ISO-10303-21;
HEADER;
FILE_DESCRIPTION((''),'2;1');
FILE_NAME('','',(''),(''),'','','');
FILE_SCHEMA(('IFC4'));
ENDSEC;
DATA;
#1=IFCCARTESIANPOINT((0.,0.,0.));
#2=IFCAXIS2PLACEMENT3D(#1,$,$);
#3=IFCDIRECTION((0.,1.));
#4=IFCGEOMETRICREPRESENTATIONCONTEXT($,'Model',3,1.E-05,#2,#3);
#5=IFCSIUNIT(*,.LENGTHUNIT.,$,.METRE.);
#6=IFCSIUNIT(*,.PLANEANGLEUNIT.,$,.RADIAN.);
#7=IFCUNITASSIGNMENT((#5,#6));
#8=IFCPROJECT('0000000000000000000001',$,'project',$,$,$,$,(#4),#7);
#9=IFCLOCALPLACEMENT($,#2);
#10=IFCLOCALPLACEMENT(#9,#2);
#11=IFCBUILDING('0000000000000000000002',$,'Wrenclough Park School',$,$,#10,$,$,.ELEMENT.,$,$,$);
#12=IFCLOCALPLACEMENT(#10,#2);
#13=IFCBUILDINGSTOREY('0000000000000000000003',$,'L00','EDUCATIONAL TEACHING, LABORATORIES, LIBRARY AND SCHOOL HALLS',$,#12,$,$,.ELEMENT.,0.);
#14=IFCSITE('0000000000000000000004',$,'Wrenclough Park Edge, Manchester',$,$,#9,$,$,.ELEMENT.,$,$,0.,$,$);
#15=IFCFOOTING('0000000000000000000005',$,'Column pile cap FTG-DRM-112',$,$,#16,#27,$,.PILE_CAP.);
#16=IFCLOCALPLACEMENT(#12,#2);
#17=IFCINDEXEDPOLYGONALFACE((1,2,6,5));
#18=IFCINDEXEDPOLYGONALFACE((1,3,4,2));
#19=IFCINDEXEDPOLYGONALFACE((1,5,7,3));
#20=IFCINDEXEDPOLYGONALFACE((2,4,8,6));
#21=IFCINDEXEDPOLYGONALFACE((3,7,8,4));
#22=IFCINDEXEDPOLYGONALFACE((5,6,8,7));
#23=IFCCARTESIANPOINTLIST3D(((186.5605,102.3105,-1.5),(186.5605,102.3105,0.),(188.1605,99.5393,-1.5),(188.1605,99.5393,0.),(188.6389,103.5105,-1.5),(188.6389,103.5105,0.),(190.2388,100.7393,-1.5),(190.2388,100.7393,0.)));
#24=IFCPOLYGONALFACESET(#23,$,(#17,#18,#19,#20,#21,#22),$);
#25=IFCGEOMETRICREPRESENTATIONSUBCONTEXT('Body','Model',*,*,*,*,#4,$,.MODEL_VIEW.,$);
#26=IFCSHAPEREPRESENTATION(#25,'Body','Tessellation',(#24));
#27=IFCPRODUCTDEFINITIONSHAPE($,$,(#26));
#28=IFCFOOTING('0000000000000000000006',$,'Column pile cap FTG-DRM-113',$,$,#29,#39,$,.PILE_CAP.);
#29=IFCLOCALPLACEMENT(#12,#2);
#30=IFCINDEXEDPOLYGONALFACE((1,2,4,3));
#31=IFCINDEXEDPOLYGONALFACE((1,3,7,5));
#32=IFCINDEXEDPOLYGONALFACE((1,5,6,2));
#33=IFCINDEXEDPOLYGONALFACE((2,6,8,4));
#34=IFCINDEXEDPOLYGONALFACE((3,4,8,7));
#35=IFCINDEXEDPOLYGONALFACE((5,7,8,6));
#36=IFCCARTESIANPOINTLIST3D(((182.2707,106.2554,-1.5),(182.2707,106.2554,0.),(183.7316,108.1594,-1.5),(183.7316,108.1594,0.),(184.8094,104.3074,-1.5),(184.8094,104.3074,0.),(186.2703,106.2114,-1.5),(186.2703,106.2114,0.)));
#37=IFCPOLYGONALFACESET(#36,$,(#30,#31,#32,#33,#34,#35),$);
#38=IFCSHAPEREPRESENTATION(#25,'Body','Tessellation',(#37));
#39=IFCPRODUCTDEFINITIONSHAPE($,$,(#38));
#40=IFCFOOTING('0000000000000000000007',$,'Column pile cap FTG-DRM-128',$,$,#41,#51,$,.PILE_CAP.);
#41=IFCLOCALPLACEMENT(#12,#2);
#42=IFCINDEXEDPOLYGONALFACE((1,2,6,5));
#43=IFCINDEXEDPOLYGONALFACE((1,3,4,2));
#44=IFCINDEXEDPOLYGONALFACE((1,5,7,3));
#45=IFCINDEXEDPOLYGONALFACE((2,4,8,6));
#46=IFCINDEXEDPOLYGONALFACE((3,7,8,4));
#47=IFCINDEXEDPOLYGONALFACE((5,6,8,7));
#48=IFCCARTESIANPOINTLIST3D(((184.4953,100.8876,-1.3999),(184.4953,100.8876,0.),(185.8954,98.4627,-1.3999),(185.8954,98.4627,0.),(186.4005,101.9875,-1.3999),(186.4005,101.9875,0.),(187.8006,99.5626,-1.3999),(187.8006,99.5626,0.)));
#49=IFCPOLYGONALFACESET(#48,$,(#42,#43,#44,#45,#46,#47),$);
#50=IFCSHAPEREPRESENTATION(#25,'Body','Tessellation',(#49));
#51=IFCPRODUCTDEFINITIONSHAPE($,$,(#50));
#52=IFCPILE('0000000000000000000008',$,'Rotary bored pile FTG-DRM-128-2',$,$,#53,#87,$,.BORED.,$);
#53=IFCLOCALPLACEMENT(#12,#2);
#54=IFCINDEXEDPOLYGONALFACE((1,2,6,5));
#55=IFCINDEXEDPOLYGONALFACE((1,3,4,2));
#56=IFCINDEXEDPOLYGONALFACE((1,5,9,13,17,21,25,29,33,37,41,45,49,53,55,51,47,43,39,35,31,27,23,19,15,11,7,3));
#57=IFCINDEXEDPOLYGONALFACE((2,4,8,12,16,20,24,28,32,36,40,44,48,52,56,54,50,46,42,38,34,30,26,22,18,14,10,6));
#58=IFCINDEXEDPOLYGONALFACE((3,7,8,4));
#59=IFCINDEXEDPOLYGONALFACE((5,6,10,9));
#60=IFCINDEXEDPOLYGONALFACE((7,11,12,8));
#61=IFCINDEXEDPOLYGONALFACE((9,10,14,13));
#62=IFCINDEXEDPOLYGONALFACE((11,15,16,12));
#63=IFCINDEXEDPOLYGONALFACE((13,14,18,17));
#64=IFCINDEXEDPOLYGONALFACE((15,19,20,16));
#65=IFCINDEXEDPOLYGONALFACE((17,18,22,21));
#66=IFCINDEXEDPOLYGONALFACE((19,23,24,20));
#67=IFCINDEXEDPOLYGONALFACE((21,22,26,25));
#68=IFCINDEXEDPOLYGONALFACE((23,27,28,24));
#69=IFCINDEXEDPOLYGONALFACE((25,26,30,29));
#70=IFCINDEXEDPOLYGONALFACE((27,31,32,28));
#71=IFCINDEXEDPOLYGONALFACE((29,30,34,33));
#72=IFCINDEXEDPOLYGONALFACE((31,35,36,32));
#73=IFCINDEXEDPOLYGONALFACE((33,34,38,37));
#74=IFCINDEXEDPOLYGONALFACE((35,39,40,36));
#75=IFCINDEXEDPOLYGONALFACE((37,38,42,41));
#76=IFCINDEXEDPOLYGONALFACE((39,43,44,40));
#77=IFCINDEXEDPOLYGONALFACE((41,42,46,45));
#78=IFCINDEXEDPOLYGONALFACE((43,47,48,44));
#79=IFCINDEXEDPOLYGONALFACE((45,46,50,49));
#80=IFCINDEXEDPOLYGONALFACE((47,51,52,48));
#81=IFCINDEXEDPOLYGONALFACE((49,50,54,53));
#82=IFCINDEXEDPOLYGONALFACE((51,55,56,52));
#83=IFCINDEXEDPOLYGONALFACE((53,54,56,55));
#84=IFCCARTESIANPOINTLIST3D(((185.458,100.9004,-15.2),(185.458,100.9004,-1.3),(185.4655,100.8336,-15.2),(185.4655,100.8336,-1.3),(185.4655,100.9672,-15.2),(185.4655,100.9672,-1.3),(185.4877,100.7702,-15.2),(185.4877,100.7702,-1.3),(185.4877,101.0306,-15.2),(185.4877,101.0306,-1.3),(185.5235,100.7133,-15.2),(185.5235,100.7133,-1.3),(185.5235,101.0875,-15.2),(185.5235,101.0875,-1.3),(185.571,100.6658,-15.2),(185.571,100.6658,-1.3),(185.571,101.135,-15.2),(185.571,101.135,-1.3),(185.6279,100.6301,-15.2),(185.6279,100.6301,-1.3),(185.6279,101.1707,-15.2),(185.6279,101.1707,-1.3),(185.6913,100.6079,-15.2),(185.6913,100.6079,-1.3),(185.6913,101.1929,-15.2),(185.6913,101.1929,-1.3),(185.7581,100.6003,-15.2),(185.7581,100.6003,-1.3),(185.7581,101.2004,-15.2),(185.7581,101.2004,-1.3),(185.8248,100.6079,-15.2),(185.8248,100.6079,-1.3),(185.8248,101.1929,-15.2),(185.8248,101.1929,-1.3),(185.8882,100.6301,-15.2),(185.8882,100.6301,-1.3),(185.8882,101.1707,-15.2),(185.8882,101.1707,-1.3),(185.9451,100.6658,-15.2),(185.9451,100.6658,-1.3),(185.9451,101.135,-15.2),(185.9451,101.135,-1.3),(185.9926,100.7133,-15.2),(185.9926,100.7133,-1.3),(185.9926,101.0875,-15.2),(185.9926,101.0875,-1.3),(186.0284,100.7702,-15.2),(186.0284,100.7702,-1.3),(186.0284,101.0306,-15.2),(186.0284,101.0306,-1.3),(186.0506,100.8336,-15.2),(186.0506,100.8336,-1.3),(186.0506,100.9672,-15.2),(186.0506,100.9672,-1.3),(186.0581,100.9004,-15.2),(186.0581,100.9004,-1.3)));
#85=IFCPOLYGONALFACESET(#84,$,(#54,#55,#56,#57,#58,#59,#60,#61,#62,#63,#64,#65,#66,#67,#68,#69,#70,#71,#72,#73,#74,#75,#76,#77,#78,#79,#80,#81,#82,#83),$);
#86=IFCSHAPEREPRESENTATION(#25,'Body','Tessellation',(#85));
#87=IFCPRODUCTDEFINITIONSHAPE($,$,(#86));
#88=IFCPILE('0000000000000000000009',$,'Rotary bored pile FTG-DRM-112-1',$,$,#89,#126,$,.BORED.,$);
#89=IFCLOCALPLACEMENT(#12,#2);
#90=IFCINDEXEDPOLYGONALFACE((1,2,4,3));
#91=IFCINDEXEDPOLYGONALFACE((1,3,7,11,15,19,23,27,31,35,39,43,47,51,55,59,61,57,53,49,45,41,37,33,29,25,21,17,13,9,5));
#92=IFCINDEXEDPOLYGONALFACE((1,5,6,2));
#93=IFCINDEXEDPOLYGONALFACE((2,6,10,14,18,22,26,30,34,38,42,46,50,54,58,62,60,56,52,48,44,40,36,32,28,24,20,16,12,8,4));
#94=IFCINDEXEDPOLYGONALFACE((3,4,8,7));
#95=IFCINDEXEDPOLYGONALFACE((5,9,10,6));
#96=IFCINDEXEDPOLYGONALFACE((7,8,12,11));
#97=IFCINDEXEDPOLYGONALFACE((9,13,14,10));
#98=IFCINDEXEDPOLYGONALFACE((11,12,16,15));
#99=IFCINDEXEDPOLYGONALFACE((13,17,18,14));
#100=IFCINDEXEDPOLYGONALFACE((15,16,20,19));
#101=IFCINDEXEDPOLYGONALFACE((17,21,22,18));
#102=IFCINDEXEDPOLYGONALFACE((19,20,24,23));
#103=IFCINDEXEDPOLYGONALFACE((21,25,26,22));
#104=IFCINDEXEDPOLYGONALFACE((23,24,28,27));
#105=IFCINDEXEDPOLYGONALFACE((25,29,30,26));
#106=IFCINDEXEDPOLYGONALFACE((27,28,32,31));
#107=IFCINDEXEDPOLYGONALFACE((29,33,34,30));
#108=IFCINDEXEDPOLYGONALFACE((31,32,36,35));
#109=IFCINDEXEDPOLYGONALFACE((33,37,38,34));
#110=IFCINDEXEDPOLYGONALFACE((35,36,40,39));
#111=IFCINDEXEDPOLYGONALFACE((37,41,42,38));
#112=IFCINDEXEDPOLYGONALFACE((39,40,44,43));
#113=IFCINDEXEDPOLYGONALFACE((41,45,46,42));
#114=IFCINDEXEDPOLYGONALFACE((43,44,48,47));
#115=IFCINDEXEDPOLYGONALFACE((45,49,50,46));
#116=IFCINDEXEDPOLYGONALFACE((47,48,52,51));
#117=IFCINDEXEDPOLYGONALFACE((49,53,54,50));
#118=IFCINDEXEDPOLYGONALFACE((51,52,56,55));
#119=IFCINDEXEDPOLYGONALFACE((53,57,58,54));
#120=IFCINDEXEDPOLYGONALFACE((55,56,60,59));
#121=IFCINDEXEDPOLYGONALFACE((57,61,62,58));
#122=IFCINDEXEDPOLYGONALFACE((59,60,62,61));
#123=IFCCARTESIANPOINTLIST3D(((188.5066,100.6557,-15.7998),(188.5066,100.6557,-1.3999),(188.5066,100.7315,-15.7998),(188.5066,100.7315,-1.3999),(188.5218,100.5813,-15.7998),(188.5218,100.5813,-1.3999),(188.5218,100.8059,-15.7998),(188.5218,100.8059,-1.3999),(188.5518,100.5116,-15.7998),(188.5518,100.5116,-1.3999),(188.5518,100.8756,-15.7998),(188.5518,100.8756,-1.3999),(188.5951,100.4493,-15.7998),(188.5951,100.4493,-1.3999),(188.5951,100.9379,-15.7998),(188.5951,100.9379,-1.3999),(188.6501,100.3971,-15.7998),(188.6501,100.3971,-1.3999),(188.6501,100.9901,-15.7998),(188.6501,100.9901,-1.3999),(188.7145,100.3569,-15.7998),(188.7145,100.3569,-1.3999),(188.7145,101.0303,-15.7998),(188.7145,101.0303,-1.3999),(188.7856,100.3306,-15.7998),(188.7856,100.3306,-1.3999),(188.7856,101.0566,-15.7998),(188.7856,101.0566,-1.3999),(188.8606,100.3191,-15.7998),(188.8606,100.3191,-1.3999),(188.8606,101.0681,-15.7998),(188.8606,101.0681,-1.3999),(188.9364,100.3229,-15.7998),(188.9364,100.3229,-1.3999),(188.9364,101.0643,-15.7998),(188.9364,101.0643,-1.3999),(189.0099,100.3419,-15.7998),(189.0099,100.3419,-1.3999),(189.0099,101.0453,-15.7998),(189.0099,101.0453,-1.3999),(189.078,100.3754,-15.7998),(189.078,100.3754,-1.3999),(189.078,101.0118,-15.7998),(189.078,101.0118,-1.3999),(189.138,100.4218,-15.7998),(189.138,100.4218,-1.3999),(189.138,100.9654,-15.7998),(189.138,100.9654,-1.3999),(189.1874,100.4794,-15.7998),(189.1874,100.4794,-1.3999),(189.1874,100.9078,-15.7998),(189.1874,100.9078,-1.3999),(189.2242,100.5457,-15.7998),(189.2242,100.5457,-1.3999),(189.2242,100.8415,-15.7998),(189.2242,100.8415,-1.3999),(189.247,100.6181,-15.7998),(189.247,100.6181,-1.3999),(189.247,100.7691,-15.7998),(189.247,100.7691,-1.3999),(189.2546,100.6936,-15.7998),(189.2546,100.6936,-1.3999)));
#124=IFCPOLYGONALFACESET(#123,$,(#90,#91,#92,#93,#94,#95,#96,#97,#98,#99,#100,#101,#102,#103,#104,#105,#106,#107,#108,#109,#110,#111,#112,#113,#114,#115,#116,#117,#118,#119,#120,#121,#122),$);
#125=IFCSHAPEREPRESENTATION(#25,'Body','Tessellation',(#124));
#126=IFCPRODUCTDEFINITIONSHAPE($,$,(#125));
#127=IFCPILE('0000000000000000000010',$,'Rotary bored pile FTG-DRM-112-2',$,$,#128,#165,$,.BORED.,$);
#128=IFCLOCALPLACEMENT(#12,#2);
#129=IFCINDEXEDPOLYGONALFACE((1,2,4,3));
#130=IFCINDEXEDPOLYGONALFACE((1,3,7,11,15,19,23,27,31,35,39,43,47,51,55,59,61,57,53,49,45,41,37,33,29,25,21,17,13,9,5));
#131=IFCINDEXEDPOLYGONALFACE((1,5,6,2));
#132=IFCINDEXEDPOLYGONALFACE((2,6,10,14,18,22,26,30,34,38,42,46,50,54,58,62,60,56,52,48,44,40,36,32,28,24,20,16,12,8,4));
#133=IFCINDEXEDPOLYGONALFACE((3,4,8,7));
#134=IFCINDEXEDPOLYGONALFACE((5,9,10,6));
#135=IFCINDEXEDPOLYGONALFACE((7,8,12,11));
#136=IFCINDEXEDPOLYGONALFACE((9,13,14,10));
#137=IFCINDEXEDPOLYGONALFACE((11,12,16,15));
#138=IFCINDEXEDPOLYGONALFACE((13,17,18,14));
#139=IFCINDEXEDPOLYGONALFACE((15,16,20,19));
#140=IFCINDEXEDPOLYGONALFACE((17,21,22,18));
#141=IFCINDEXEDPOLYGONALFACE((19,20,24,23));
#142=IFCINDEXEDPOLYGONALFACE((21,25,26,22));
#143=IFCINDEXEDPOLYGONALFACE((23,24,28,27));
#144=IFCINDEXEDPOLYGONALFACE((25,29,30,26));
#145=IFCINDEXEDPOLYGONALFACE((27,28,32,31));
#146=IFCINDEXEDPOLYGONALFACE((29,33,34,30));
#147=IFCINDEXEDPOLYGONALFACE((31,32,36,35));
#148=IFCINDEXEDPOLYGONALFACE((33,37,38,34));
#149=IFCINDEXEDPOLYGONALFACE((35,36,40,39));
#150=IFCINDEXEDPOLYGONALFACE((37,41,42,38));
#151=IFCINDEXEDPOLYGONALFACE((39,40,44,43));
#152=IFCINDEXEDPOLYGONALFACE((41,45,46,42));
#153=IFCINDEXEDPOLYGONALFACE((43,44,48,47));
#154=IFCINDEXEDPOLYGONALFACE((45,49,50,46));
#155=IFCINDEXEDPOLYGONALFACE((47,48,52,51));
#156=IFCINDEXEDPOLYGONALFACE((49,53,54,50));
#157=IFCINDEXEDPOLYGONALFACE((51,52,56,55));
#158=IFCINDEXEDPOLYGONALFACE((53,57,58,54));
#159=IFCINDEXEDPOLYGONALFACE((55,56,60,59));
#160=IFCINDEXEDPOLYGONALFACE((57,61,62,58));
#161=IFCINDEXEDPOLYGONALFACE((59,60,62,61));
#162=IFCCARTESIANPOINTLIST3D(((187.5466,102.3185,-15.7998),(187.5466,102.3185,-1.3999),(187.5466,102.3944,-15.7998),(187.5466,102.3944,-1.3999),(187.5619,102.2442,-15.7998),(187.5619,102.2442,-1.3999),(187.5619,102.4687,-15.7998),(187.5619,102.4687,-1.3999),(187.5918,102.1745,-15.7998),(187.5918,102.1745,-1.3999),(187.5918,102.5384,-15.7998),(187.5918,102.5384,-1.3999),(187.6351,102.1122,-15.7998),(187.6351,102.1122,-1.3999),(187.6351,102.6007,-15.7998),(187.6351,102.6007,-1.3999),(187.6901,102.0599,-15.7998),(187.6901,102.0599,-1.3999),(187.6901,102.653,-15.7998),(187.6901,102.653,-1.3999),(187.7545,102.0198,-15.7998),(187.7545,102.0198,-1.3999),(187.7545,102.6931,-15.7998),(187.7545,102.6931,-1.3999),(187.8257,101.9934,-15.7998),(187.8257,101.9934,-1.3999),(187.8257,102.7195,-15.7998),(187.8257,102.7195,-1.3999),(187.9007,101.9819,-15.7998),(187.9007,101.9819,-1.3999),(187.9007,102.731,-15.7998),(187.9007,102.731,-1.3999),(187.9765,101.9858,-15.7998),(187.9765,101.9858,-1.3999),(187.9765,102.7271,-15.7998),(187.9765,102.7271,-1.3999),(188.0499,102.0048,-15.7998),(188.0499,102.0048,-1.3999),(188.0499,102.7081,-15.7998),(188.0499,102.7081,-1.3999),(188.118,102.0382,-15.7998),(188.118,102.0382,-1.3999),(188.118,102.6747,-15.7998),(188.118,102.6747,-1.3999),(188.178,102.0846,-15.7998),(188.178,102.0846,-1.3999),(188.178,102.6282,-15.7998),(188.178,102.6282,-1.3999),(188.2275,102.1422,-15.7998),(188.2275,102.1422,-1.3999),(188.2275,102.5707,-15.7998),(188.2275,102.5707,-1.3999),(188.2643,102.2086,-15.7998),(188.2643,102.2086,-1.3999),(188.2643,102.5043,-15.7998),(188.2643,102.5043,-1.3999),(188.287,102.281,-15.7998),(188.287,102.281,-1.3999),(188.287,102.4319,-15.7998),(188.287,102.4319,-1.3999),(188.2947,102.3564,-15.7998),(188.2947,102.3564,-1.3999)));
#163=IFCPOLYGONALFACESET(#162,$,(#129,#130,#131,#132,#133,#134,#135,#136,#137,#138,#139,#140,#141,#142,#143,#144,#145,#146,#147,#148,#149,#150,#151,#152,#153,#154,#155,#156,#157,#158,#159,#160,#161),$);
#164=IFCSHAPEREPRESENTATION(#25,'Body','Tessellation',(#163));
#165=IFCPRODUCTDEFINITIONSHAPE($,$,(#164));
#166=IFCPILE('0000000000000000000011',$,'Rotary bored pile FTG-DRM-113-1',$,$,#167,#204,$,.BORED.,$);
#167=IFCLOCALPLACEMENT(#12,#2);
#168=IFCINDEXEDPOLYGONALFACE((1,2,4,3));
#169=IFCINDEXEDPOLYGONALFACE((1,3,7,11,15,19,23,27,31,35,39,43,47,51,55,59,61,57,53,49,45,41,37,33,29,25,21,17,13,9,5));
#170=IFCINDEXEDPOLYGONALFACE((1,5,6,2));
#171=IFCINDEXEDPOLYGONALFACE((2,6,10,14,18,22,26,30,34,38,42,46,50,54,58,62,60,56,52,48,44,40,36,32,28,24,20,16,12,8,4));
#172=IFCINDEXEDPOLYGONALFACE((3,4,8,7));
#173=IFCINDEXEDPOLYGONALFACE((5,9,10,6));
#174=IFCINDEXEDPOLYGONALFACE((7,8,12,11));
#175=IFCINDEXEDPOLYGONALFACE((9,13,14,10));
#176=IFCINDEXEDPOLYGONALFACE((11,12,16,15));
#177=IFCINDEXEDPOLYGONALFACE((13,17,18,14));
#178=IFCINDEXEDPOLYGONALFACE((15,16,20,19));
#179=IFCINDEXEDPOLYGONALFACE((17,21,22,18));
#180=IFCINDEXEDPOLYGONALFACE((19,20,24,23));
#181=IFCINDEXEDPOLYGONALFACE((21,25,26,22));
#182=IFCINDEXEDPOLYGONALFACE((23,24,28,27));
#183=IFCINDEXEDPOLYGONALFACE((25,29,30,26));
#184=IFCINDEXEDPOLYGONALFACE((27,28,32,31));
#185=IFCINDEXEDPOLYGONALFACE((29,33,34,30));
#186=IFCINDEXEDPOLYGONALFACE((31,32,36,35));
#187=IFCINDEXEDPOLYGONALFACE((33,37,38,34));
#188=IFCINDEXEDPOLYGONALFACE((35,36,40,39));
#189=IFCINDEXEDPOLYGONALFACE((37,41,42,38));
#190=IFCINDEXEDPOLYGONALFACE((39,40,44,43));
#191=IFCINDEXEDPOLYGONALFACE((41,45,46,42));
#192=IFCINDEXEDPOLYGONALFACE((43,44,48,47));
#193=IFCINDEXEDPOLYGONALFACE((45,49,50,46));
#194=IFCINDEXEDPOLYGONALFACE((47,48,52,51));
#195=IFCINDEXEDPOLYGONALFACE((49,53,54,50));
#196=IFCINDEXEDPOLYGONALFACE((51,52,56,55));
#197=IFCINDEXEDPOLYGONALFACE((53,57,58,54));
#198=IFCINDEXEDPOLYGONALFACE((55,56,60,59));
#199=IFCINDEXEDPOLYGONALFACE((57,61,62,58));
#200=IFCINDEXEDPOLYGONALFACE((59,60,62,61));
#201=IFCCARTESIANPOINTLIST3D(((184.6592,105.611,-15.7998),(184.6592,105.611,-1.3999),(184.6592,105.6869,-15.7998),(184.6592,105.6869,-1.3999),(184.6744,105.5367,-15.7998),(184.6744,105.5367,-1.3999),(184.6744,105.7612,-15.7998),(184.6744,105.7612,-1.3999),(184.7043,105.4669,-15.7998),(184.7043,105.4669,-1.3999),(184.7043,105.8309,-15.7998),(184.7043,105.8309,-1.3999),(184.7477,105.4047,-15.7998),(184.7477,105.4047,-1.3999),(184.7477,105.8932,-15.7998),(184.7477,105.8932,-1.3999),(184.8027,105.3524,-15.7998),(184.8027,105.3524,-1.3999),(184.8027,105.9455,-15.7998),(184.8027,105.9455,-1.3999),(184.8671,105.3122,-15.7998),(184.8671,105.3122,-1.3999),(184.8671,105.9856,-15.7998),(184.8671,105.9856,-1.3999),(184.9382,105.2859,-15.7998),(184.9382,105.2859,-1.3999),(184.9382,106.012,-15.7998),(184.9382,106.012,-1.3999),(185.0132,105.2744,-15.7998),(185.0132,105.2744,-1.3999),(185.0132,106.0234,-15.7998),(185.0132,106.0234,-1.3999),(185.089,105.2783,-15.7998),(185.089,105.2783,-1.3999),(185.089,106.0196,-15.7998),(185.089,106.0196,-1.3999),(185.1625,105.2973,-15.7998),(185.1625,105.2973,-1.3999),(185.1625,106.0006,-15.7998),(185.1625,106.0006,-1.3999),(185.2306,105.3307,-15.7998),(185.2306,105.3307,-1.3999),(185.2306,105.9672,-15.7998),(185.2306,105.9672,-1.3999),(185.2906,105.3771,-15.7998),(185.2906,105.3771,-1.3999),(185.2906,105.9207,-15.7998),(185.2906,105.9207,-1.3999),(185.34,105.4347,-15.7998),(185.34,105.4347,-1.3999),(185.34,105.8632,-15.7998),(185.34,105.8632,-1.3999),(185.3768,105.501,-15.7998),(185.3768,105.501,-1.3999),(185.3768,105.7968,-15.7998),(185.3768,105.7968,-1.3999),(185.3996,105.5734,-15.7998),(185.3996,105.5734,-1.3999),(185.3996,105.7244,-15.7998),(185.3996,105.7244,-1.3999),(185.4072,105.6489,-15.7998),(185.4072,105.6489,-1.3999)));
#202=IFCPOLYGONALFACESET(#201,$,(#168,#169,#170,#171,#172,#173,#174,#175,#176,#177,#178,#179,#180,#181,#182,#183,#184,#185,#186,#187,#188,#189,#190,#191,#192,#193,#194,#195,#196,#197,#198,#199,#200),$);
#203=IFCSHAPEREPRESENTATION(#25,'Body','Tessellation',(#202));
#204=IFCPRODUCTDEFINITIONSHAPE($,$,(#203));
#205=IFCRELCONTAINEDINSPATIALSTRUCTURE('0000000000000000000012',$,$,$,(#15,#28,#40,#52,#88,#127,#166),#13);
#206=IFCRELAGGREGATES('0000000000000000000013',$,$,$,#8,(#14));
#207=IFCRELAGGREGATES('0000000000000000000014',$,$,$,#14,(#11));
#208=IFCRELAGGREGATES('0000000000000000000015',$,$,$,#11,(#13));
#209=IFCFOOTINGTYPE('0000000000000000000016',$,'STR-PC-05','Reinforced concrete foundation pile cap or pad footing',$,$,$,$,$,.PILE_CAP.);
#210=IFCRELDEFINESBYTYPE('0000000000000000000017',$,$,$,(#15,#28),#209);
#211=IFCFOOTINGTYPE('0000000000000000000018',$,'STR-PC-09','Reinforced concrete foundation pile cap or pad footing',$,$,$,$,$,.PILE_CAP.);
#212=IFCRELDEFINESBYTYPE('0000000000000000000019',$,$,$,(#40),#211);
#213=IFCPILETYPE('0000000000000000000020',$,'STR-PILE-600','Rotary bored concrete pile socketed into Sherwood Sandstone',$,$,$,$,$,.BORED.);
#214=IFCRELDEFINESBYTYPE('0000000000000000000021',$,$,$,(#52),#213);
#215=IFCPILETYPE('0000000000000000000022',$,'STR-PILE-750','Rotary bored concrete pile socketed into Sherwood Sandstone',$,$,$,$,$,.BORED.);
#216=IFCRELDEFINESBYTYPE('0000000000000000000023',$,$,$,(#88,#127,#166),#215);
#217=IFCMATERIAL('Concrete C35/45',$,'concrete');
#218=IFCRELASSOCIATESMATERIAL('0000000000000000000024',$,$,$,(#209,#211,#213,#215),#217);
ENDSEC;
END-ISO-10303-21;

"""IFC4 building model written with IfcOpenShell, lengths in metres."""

from ifc_helpers import new_model, si_unit, direction, frame, origin, origin_2d, place, context, subcontext, project, spatial, rectangle, circle, extrude, material, material_profile, profile_set, type_object, element, save


model = new_model("IFC4")

# Units and contexts
model_context = context("Model", 3, precision=1e-05, world=origin(), true_north=direction((0.0, 1.0)))
body_context = subcontext(model_context, "Body", "Model", "MODEL_VIEW")
ifc_project = project(units=[si_unit("LENGTHUNIT", "METRE"), si_unit("PLANEANGLEUNIT", "RADIAN")], contexts=[model_context])

# Site, building, storey
site_placement = place(None, origin())
site = spatial("IfcSite", under=ifc_project, at=site_placement, Name="Wrenclough Park Edge, Manchester", CompositionType="ELEMENT", RefElevation=0.0)
building_placement = place(site_placement, origin())
building = spatial("IfcBuilding", under=site, at=building_placement, Name="Wrenclough Park School", CompositionType="ELEMENT")
storey_placement = place(building_placement, origin())
storey = spatial("IfcBuildingStorey", under=building, at=storey_placement, Name="L00", Description="EDUCATIONAL TEACHING, LABORATORIES, LIBRARY AND SCHOOL HALLS", CompositionType="ELEMENT", Elevation=0.0)

# Footings
ifc_material_1 = material(Name="Concrete C35/45", Category="concrete")
footing_type_1 = type_object("IfcFootingType", Name="STR-PC-05", Description="Reinforced concrete foundation pile cap or pad footing", PredefinedType="PILE_CAP", material=ifc_material_1)
for number, where, z_axis, x_axis, name in (
    (1, (188.3997, 101.5249, -1.5), (0.0, 0.0, 1.0), (-0.5, 0.866025, 0.0), "Column pile cap FTG-DRM-112"),
    (2, (184.2705, 106.2334, -1.5), (0.0, 0.0, 1.0), (-0.793353, 0.608761, 0.0), "Column pile cap FTG-DRM-113"),
):
    element("IfcFooting", number, at=place(storey_placement, frame(where, z_axis=z_axis, x_axis=x_axis)), inside=storey, type_object=footing_type_1, Name=name, PredefinedType="PILE_CAP", context=body_context, shape_type="SweptSolid", body=[
        extrude(rectangle(XDim=3.2, YDim=2.3999, at=origin_2d()), origin(), (0.0, 0.0, 1.0), 1.5),
    ])
footing_type_2 = type_object("IfcFootingType", Name="STR-PC-09", Description="Reinforced concrete foundation pile cap or pad footing", PredefinedType="PILE_CAP", material=ifc_material_1)
footing_placement = place(storey_placement, frame((186.1479, 100.2251, -1.3999), z_axis=(0.0, 0.0, 1.0), x_axis=(-0.5, 0.866025, 0.0)))
element("IfcFooting", 3, at=footing_placement, inside=storey, type_object=footing_type_2, Name="Column pile cap FTG-DRM-128", PredefinedType="PILE_CAP", context=body_context, shape_type="SweptSolid", body=[
    extrude(rectangle(XDim=2.8, YDim=2.2, at=origin_2d()), origin(), (0.0, 0.0, 1.0), 1.3999),
])

# Piles
ifc_material_profile_1 = material_profile(ifc_material_1, circle(Radius=0.3, at=origin_2d()), Name="BORED PILE D600")
ifc_profile_set_1 = profile_set([ifc_material_profile_1], Name="Concrete C35/45")
pile_type_1 = type_object("IfcPileType", Name="STR-PILE-600", Description="Rotary bored concrete pile socketed into Sherwood Sandstone", PredefinedType="BORED", material=ifc_profile_set_1)
pile_placement = place(storey_placement, frame((185.7581, 100.9004, -1.3), z_axis=(0.0, 0.0, -1.0), x_axis=(1.0, 0.0, 0.0)))
element("IfcPile", 4, at=pile_placement, inside=storey, type_object=pile_type_1, Name="Rotary bored pile FTG-DRM-128-2", PredefinedType="BORED", context=body_context, shape_type="SweptSolid", body=[
    extrude(circle(Radius=0.3, at=origin_2d()), origin(), (0.0, 0.0, 1.0), 13.8999),
])
ifc_material_profile_2 = material_profile(ifc_material_1, circle(Radius=0.375, at=origin_2d()), Name="BORED PILE D750")
ifc_profile_set_2 = profile_set([ifc_material_profile_2], Name="Concrete C35/45")
pile_type_2 = type_object("IfcPileType", Name="STR-PILE-750", Description="Rotary bored concrete pile socketed into Sherwood Sandstone", PredefinedType="BORED", material=ifc_profile_set_2)
for number, where, z_axis, x_axis, name in (
    (5, (188.8796, 100.6936, -1.3999), (0.0, 0.0, -1.0), (1.0, 0.0, 0.0), "Rotary bored pile FTG-DRM-112-1"),
    (6, (187.9197, 102.3564, -1.3999), (0.0, 0.0, -1.0), (1.0, 0.0, 0.0), "Rotary bored pile FTG-DRM-112-2"),
    (7, (185.0322, 105.6489, -1.3999), (0.0, 0.0, -1.0), (1.0, 0.0, 0.0), "Rotary bored pile FTG-DRM-113-1"),
):
    element("IfcPile", number, at=place(storey_placement, frame(where, z_axis=z_axis, x_axis=x_axis)), inside=storey, type_object=pile_type_2, Name=name, PredefinedType="BORED", context=body_context, shape_type="SweptSolid", body=[
        extrude(circle(Radius=0.375, at=origin_2d()), origin(), (0.0, 0.0, 1.0), 14.3999),
    ])

save(model, "model.ifc")
